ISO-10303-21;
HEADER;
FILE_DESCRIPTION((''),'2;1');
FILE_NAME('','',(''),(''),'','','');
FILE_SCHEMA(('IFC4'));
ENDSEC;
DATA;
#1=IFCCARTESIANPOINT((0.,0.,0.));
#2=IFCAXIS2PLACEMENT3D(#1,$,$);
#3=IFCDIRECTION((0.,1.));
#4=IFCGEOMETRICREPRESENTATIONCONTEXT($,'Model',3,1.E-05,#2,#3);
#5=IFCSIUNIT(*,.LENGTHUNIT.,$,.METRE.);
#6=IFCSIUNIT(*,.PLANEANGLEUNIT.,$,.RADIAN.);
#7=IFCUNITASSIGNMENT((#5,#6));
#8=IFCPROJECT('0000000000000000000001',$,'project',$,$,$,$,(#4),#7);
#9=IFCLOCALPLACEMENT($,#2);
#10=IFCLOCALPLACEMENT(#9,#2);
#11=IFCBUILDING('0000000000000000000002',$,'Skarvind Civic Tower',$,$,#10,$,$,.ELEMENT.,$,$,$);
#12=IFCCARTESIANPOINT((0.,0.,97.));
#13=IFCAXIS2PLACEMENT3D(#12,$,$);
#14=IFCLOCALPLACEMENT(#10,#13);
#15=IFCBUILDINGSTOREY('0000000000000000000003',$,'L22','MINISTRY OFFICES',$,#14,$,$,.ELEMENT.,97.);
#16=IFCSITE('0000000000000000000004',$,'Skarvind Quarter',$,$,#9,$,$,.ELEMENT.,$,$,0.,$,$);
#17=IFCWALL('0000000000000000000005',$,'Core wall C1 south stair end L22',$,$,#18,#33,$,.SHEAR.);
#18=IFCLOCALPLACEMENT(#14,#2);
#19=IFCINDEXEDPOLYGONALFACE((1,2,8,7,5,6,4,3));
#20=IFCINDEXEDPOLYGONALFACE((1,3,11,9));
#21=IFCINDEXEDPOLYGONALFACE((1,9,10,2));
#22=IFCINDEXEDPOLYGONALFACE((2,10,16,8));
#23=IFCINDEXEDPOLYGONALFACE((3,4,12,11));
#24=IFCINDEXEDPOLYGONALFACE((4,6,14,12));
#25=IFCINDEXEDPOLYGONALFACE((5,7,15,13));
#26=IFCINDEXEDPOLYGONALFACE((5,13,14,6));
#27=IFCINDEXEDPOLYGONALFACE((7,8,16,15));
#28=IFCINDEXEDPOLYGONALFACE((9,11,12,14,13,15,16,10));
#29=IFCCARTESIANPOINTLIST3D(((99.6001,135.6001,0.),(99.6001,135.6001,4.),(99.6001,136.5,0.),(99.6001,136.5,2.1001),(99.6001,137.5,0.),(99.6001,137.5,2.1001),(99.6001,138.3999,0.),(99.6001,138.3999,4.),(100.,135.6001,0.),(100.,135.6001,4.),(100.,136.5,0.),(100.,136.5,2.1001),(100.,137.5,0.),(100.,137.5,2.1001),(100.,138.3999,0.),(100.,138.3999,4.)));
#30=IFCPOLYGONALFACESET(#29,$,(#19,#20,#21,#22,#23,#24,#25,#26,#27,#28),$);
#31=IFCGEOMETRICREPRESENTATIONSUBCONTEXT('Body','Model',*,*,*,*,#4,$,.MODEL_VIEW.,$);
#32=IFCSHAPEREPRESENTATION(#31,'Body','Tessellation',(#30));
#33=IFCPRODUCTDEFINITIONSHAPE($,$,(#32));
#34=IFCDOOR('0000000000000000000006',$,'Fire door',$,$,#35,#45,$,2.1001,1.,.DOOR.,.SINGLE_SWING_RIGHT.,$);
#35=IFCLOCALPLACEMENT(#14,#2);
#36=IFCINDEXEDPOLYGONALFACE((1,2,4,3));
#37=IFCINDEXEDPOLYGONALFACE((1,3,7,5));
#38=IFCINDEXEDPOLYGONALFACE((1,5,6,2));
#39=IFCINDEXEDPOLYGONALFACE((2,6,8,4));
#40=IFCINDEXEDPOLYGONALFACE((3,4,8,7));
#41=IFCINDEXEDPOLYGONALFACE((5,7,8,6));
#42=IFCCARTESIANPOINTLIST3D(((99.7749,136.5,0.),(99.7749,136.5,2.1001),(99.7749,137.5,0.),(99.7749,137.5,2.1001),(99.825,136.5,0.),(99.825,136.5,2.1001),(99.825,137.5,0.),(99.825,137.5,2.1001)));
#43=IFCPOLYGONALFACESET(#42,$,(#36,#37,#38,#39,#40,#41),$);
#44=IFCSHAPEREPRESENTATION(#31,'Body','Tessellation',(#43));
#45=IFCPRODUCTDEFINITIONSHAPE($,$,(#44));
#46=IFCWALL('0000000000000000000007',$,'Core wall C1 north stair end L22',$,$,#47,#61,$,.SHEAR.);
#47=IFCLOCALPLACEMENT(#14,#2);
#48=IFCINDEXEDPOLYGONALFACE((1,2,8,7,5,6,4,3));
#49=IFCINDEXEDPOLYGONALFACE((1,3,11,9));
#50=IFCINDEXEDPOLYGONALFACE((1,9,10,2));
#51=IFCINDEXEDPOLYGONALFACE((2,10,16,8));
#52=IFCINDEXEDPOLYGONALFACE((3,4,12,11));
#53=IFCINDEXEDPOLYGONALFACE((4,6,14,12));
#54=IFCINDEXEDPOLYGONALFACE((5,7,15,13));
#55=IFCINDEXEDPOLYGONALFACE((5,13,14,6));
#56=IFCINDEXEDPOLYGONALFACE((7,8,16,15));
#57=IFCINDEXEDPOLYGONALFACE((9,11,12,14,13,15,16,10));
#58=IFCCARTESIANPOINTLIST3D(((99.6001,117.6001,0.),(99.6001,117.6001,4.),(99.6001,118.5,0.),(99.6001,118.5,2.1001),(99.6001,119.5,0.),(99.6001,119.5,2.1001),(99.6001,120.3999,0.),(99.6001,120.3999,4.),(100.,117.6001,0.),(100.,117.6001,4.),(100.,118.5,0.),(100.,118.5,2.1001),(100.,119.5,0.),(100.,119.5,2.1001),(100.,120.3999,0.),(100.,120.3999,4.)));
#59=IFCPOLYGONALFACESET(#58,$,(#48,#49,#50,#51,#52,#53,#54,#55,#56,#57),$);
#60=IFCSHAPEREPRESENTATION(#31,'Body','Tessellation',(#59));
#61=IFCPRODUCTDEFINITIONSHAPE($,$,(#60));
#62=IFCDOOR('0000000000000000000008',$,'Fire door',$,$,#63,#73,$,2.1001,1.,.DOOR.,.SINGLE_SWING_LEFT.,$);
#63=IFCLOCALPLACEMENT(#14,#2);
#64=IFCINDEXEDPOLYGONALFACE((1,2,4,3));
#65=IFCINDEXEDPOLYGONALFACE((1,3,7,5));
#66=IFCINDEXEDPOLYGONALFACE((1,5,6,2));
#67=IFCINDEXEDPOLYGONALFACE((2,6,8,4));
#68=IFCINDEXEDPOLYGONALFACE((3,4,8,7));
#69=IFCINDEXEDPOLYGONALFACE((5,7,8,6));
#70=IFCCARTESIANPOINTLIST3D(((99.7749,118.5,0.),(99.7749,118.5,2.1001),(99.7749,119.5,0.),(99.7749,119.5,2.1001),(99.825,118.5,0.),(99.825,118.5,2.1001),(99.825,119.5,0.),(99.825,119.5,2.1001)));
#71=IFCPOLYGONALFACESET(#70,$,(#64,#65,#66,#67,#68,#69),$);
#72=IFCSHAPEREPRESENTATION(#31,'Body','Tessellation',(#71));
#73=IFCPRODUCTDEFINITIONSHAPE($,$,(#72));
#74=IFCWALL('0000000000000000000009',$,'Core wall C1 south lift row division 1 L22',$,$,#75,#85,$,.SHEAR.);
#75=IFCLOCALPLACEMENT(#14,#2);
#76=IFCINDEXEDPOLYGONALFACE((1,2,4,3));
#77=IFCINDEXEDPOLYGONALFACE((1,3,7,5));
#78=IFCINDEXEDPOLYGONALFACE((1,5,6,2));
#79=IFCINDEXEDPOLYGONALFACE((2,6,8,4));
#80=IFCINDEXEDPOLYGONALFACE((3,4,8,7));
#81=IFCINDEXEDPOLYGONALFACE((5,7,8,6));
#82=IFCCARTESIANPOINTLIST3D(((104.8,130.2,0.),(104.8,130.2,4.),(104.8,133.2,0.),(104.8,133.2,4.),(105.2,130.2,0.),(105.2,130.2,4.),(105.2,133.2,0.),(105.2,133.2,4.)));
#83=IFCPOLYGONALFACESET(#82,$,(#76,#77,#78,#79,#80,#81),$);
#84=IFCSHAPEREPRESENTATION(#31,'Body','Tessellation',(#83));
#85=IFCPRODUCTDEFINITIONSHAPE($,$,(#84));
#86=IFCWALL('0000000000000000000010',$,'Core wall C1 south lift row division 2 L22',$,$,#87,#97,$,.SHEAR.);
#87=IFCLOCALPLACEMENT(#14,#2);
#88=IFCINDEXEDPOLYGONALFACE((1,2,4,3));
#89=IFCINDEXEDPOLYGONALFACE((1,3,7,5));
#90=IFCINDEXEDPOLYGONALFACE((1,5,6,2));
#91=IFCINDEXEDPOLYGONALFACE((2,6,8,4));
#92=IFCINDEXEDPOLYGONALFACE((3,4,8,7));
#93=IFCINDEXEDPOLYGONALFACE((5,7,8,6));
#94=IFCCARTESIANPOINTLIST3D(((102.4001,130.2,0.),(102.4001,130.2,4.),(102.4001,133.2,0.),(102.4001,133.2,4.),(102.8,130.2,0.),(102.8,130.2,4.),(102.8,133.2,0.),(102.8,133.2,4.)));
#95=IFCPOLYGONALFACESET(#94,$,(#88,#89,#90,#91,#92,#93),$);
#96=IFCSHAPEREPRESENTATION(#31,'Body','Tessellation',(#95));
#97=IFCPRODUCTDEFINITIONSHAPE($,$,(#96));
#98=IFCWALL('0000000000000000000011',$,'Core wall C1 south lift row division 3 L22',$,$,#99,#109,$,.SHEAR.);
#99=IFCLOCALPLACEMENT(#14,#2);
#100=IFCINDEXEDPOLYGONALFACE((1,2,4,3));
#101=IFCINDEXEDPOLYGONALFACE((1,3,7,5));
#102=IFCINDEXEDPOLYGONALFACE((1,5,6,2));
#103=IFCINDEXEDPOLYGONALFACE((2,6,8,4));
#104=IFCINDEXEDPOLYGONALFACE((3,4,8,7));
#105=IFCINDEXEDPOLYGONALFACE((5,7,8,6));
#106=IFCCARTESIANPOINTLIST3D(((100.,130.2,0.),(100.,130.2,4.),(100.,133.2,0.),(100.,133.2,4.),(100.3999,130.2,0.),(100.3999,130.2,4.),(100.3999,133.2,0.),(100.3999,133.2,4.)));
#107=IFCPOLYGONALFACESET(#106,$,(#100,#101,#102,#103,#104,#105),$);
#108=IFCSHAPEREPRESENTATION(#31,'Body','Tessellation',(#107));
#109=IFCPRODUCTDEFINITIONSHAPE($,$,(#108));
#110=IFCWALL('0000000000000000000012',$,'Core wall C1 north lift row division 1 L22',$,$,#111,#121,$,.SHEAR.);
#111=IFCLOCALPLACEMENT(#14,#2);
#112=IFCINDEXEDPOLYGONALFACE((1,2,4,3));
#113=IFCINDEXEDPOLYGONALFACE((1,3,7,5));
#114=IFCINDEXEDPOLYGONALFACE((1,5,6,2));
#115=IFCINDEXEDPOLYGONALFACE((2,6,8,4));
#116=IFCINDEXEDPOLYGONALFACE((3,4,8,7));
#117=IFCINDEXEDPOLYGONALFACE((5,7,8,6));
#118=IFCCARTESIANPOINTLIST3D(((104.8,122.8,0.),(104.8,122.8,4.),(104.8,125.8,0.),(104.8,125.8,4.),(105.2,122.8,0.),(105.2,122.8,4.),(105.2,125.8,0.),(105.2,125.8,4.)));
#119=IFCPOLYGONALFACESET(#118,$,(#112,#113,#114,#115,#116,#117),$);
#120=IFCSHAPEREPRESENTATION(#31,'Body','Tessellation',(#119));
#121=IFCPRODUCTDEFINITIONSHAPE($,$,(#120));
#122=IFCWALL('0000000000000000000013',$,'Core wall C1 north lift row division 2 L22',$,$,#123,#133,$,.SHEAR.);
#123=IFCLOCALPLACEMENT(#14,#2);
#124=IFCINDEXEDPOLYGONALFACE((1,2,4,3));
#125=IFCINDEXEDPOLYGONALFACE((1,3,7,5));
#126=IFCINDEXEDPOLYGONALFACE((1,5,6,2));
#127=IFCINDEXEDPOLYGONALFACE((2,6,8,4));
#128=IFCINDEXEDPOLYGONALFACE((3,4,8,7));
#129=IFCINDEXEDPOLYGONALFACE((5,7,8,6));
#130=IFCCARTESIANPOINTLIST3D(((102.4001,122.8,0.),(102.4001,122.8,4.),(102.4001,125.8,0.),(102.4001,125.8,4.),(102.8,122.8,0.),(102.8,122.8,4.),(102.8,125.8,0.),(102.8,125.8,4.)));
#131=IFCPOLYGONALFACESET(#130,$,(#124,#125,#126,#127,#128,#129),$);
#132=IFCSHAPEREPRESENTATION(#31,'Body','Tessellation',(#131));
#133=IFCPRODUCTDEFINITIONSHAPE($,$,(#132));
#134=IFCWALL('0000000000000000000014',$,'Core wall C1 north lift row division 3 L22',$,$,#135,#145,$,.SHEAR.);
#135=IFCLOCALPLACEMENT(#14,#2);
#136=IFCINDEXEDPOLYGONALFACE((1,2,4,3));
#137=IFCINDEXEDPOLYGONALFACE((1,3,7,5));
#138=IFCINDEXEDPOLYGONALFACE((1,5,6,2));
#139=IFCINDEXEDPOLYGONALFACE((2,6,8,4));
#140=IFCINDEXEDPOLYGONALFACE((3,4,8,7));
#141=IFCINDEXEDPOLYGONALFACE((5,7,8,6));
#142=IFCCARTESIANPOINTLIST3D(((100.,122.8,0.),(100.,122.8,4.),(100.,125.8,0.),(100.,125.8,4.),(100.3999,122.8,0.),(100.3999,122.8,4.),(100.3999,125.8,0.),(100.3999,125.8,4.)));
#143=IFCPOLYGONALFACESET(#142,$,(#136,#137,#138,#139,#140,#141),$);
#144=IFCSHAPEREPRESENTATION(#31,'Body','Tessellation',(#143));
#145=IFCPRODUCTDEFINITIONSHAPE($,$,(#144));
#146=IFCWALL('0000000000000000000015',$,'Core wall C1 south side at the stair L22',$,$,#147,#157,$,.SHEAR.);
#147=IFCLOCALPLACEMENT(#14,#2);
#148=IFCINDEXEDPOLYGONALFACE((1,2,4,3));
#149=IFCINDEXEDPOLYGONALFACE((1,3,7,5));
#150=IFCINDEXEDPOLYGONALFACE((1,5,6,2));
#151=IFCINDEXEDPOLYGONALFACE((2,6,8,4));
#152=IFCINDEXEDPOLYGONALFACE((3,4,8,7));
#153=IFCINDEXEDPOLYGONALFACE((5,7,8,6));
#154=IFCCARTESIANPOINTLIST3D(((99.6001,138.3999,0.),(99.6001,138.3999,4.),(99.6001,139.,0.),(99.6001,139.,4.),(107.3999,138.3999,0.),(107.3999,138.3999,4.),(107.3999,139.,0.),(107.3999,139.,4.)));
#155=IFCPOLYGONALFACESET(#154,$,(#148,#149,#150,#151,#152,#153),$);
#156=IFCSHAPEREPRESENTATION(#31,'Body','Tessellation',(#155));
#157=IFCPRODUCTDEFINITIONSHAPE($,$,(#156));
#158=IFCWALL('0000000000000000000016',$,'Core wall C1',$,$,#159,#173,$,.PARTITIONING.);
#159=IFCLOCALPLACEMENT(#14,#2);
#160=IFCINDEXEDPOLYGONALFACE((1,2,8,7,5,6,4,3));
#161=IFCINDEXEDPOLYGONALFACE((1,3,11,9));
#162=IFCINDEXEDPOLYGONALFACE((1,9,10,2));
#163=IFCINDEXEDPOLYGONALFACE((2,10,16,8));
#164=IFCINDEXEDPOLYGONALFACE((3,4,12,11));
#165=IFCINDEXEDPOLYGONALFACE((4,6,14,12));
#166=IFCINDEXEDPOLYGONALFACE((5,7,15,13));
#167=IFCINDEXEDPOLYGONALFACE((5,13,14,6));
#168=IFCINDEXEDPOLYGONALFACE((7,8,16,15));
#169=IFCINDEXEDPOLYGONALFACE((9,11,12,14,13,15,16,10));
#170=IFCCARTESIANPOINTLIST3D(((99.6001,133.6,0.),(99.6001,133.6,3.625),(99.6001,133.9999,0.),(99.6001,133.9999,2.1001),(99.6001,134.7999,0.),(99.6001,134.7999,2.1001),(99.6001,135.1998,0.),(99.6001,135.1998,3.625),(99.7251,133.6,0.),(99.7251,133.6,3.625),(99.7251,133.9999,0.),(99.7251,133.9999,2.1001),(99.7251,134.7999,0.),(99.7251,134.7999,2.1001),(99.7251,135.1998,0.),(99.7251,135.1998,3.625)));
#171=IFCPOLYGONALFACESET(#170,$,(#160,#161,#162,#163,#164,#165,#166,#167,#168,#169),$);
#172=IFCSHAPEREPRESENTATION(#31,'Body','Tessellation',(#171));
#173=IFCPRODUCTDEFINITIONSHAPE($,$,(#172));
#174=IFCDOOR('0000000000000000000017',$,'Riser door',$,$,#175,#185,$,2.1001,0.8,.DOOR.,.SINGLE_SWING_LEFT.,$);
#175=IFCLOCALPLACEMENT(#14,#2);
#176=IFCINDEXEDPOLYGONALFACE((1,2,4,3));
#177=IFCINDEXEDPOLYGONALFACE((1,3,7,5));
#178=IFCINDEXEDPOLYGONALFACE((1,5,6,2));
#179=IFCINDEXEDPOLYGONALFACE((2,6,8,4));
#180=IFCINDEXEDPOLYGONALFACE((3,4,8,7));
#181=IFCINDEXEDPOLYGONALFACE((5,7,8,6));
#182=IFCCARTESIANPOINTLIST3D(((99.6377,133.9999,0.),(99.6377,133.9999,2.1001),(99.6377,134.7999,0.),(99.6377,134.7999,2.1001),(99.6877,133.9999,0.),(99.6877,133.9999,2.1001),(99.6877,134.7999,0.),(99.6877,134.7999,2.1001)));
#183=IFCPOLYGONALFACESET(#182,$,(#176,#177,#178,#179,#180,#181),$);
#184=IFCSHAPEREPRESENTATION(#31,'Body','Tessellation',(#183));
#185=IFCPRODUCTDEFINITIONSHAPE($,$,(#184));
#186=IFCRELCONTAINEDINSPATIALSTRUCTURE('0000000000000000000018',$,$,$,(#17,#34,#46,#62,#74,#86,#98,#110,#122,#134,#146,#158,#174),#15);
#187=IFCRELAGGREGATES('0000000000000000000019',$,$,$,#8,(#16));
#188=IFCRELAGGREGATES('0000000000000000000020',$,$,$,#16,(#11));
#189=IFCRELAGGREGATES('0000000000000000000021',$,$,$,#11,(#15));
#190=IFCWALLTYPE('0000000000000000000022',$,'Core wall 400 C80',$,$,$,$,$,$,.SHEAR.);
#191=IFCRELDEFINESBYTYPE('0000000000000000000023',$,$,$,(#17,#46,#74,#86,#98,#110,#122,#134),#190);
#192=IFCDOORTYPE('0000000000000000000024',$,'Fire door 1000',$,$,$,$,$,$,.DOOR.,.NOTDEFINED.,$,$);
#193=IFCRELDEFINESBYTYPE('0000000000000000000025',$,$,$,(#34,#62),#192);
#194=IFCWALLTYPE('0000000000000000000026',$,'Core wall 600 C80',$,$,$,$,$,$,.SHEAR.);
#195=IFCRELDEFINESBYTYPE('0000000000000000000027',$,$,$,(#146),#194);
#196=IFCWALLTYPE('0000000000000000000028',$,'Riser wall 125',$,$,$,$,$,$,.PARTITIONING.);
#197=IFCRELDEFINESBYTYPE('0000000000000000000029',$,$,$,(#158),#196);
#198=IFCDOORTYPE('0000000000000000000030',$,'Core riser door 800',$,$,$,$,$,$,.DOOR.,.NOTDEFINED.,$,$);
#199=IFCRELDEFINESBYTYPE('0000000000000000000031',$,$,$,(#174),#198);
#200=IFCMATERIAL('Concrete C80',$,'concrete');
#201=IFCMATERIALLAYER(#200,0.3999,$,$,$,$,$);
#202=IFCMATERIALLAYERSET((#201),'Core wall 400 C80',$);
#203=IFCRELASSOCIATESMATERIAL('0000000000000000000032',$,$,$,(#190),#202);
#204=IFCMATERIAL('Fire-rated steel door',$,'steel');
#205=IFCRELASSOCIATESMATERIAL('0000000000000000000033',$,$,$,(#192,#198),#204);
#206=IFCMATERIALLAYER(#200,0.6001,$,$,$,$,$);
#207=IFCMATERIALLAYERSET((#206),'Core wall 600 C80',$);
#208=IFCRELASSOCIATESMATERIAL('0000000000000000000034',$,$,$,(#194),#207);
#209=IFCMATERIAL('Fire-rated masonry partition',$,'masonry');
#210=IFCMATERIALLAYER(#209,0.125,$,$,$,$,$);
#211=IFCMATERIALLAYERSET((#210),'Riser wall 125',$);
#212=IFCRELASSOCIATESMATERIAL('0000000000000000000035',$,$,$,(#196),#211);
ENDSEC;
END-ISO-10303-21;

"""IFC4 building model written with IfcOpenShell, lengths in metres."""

from ifc_helpers import new_model, si_unit, direction, frame, frame_2d, origin, place, context, subcontext, project, spatial, rectangle, extrude, material, layer, layer_set, type_object, element, fill, save


model = new_model("IFC4")

# Units and contexts
model_context = context("Model", 3, precision=1e-05, world=origin(), true_north=direction((0.0, 1.0)))
body_context = subcontext(model_context, "Body", "Model", "MODEL_VIEW")
ifc_project = project(units=[si_unit("LENGTHUNIT", "METRE"), si_unit("PLANEANGLEUNIT", "RADIAN")], contexts=[model_context])

# Site, building, storey
site_placement = place(None, origin())
site = spatial("IfcSite", under=ifc_project, at=site_placement, Name="Skarvind Quarter", CompositionType="ELEMENT", RefElevation=0.0)
building_placement = place(site_placement, origin())
building = spatial("IfcBuilding", under=site, at=building_placement, Name="Skarvind Civic Tower", CompositionType="ELEMENT")
storey_placement = place(building_placement, frame((0.0, 0.0, 97.0)))
storey = spatial("IfcBuildingStorey", under=building, at=storey_placement, Name="L22", Description="MINISTRY OFFICES", CompositionType="ELEMENT", Elevation=97.0)

# Walls, openings, doors
ifc_material_1 = material(Name="Concrete C80", Category="concrete")
ifc_layer_1 = layer(ifc_material_1, 0.3999)
ifc_layer_set_1 = layer_set([ifc_layer_1], Name="Core wall 400 C80")
wall_type_1 = type_object("IfcWallType", Name="Core wall 400 C80", PredefinedType="SHEAR", material=ifc_layer_set_1)
wall_1_placement = place(storey_placement, frame((99.8, 138.3999, 0.0), z_axis=(0.0, 0.0, 1.0), x_axis=(0.0, -1.0, 0.0)))
wall_1 = element("IfcWall", 1, at=wall_1_placement, inside=storey, type_object=wall_type_1, Name="Core wall C1 south stair end L22", PredefinedType="SHEAR", context=body_context, shape_type="SweptSolid", body=[
    extrude(rectangle(XDim=2.7998, YDim=0.3999, at=frame_2d((1.3999, 0.0))), origin(), (0.0, 0.0, 1.0), 4.0),
])
opening_1_placement = place(wall_1_placement, frame((0.8999, 0.0, 0.0)))
opening_1 = element("IfcOpeningElement", 2, at=opening_1_placement, cuts=wall_1, PredefinedType="OPENING", context=body_context, shape_type="SweptSolid", body=[
    extrude(rectangle(XDim=1.0, YDim=2.1001, at=frame_2d((0.5, 1.05))), frame((0.0, 0.21, 0.0), z_axis=(0.0, -1.0, 0.0), x_axis=(1.0, 0.0, 0.0)), (0.0, 0.0, 1.0), 0.4199),
])
ifc_material_2 = material(Name="Fire-rated steel door", Category="steel")
door_type_1 = type_object("IfcDoorType", Name="Fire door 1000", OperationType="NOTDEFINED", PredefinedType="DOOR", material=ifc_material_2)
door_1_placement = place(opening_1_placement, origin())
door_1 = element("IfcDoor", 3, at=door_1_placement, inside=storey, type_object=door_type_1, Name="Fire door", OperationType="SINGLE_SWING_RIGHT", OverallHeight=2.1001, OverallWidth=1.0, PredefinedType="DOOR", context=body_context, shape_type="SweptSolid", body=[
    extrude(rectangle(XDim=1.0, YDim=2.1001, at=frame_2d((0.5, 1.05))), frame((0.0, 0.0249, 0.0), z_axis=(0.0, -1.0, 0.0), x_axis=(1.0, 0.0, 0.0)), (0.0, 0.0, 1.0), 0.05),
])
fill(opening_1, door_1)
wall_2_placement = place(storey_placement, frame((99.8, 120.3999, 0.0), z_axis=(0.0, 0.0, 1.0), x_axis=(0.0, -1.0, 0.0)))
wall_2 = element("IfcWall", 4, at=wall_2_placement, inside=storey, type_object=wall_type_1, Name="Core wall C1 north stair end L22", PredefinedType="SHEAR", context=body_context, shape_type="SweptSolid", body=[
    extrude(rectangle(XDim=2.7998, YDim=0.3999, at=frame_2d((1.3999, 0.0))), origin(), (0.0, 0.0, 1.0), 4.0),
])
opening_2_placement = place(wall_2_placement, frame((0.8999, 0.0, 0.0)))
opening_2 = element("IfcOpeningElement", 5, at=opening_2_placement, cuts=wall_2, PredefinedType="OPENING", context=body_context, shape_type="SweptSolid", body=[
    extrude(rectangle(XDim=1.0, YDim=2.1001, at=frame_2d((0.5, 1.05))), frame((0.0, 0.21, 0.0), z_axis=(0.0, -1.0, 0.0), x_axis=(1.0, 0.0, 0.0)), (0.0, 0.0, 1.0), 0.4199),
])
door_2_placement = place(opening_2_placement, origin())
door_2 = element("IfcDoor", 6, at=door_2_placement, inside=storey, type_object=door_type_1, Name="Fire door", OperationType="SINGLE_SWING_LEFT", OverallHeight=2.1001, OverallWidth=1.0, PredefinedType="DOOR", context=body_context, shape_type="SweptSolid", body=[
    extrude(rectangle(XDim=1.0, YDim=2.1001, at=frame_2d((0.5, 1.05))), frame((0.0, 0.0249, 0.0), z_axis=(0.0, -1.0, 0.0), x_axis=(1.0, 0.0, 0.0)), (0.0, 0.0, 1.0), 0.05),
])
fill(opening_2, door_2)

# Walls
for number, where, z_axis, x_axis, name in (
    (7, (105.0, 133.2, 0.0), (0.0, 0.0, 1.0), (0.0, -1.0, 0.0), "Core wall C1 south lift row division 1 L22"),
    (8, (102.6001, 133.2, 0.0), (0.0, 0.0, 1.0), (0.0, -1.0, 0.0), "Core wall C1 south lift row division 2 L22"),
    (9, (100.2, 133.2, 0.0), (0.0, 0.0, 1.0), (0.0, -1.0, 0.0), "Core wall C1 south lift row division 3 L22"),
    (10, (105.0, 125.8, 0.0), (0.0, 0.0, 1.0), (0.0, -1.0, 0.0), "Core wall C1 north lift row division 1 L22"),
    (11, (102.6001, 125.8, 0.0), (0.0, 0.0, 1.0), (0.0, -1.0, 0.0), "Core wall C1 north lift row division 2 L22"),
    (12, (100.2, 125.8, 0.0), (0.0, 0.0, 1.0), (0.0, -1.0, 0.0), "Core wall C1 north lift row division 3 L22"),
):
    element("IfcWall", number, at=place(storey_placement, frame(where, z_axis=z_axis, x_axis=x_axis)), inside=storey, type_object=wall_type_1, Name=name, PredefinedType="SHEAR", context=body_context, shape_type="SweptSolid", body=[
        extrude(rectangle(XDim=3.0, YDim=0.3999, at=frame_2d((1.5, 0.0))), origin(), (0.0, 0.0, 1.0), 4.0),
    ])
ifc_layer_2 = layer(ifc_material_1, 0.6001)
ifc_layer_set_2 = layer_set([ifc_layer_2], Name="Core wall 600 C80")
wall_type_2 = type_object("IfcWallType", Name="Core wall 600 C80", PredefinedType="SHEAR", material=ifc_layer_set_2)
wall_3_placement = place(storey_placement, frame((107.3999, 138.7, 0.0), z_axis=(0.0, 0.0, 1.0), x_axis=(-1.0, 0.0, 0.0)))
element("IfcWall", 13, at=wall_3_placement, inside=storey, type_object=wall_type_2, Name="Core wall C1 south side at the stair L22", PredefinedType="SHEAR", context=body_context, shape_type="SweptSolid", body=[
    extrude(rectangle(XDim=7.7998, YDim=0.6001, at=frame_2d((3.8999, 0.0))), origin(), (0.0, 0.0, 1.0), 4.0),
])

# Wall, opening, door
ifc_material_3 = material(Name="Fire-rated masonry partition", Category="masonry")
ifc_layer_3 = layer(ifc_material_3, 0.125)
ifc_layer_set_3 = layer_set([ifc_layer_3], Name="Riser wall 125")
wall_type_3 = type_object("IfcWallType", Name="Riser wall 125", PredefinedType="PARTITIONING", material=ifc_layer_set_3)
wall_4_placement = place(storey_placement, frame((99.6626, 133.6001, 0.0), z_axis=(0.0, 0.0, 1.0), x_axis=(0.0, 1.0, 0.0)))
wall_4 = element("IfcWall", 14, at=wall_4_placement, inside=storey, type_object=wall_type_3, Name="Core wall C1", PredefinedType="PARTITIONING", context=body_context, shape_type="SweptSolid", body=[
    extrude(rectangle(XDim=1.5999, YDim=0.125, at=frame_2d((0.7998, 0.0))), origin(), (0.0, 0.0, 1.0), 3.625),
])
opening_3_placement = place(wall_4_placement, frame((0.3999, 0.0, 0.0)))
opening_3 = element("IfcOpeningElement", 15, at=opening_3_placement, cuts=wall_4, PredefinedType="OPENING", context=body_context, shape_type="SweptSolid", body=[
    extrude(rectangle(XDim=0.8, YDim=2.1001, at=frame_2d((0.3999, 1.05))), frame((0.0, 0.0725, 0.0), z_axis=(0.0, -1.0, 0.0), x_axis=(1.0, 0.0, 0.0)), (0.0, 0.0, 1.0), 0.145),
])
door_type_2 = type_object("IfcDoorType", Name="Core riser door 800", OperationType="NOTDEFINED", PredefinedType="DOOR", material=ifc_material_2)
door_3_placement = place(opening_3_placement, origin())
door_3 = element("IfcDoor", 16, at=door_3_placement, inside=storey, type_object=door_type_2, Name="Riser door", OperationType="SINGLE_SWING_LEFT", OverallHeight=2.1001, OverallWidth=0.8, PredefinedType="DOOR", context=body_context, shape_type="SweptSolid", body=[
    extrude(rectangle(XDim=0.8, YDim=2.1001, at=frame_2d((0.3999, 1.05))), frame((0.0, 0.0249, 0.0), z_axis=(0.0, -1.0, 0.0), x_axis=(1.0, 0.0, 0.0)), (0.0, 0.0, 1.0), 0.05),
])
fill(opening_3, door_3)

save(model, "model.ifc")
